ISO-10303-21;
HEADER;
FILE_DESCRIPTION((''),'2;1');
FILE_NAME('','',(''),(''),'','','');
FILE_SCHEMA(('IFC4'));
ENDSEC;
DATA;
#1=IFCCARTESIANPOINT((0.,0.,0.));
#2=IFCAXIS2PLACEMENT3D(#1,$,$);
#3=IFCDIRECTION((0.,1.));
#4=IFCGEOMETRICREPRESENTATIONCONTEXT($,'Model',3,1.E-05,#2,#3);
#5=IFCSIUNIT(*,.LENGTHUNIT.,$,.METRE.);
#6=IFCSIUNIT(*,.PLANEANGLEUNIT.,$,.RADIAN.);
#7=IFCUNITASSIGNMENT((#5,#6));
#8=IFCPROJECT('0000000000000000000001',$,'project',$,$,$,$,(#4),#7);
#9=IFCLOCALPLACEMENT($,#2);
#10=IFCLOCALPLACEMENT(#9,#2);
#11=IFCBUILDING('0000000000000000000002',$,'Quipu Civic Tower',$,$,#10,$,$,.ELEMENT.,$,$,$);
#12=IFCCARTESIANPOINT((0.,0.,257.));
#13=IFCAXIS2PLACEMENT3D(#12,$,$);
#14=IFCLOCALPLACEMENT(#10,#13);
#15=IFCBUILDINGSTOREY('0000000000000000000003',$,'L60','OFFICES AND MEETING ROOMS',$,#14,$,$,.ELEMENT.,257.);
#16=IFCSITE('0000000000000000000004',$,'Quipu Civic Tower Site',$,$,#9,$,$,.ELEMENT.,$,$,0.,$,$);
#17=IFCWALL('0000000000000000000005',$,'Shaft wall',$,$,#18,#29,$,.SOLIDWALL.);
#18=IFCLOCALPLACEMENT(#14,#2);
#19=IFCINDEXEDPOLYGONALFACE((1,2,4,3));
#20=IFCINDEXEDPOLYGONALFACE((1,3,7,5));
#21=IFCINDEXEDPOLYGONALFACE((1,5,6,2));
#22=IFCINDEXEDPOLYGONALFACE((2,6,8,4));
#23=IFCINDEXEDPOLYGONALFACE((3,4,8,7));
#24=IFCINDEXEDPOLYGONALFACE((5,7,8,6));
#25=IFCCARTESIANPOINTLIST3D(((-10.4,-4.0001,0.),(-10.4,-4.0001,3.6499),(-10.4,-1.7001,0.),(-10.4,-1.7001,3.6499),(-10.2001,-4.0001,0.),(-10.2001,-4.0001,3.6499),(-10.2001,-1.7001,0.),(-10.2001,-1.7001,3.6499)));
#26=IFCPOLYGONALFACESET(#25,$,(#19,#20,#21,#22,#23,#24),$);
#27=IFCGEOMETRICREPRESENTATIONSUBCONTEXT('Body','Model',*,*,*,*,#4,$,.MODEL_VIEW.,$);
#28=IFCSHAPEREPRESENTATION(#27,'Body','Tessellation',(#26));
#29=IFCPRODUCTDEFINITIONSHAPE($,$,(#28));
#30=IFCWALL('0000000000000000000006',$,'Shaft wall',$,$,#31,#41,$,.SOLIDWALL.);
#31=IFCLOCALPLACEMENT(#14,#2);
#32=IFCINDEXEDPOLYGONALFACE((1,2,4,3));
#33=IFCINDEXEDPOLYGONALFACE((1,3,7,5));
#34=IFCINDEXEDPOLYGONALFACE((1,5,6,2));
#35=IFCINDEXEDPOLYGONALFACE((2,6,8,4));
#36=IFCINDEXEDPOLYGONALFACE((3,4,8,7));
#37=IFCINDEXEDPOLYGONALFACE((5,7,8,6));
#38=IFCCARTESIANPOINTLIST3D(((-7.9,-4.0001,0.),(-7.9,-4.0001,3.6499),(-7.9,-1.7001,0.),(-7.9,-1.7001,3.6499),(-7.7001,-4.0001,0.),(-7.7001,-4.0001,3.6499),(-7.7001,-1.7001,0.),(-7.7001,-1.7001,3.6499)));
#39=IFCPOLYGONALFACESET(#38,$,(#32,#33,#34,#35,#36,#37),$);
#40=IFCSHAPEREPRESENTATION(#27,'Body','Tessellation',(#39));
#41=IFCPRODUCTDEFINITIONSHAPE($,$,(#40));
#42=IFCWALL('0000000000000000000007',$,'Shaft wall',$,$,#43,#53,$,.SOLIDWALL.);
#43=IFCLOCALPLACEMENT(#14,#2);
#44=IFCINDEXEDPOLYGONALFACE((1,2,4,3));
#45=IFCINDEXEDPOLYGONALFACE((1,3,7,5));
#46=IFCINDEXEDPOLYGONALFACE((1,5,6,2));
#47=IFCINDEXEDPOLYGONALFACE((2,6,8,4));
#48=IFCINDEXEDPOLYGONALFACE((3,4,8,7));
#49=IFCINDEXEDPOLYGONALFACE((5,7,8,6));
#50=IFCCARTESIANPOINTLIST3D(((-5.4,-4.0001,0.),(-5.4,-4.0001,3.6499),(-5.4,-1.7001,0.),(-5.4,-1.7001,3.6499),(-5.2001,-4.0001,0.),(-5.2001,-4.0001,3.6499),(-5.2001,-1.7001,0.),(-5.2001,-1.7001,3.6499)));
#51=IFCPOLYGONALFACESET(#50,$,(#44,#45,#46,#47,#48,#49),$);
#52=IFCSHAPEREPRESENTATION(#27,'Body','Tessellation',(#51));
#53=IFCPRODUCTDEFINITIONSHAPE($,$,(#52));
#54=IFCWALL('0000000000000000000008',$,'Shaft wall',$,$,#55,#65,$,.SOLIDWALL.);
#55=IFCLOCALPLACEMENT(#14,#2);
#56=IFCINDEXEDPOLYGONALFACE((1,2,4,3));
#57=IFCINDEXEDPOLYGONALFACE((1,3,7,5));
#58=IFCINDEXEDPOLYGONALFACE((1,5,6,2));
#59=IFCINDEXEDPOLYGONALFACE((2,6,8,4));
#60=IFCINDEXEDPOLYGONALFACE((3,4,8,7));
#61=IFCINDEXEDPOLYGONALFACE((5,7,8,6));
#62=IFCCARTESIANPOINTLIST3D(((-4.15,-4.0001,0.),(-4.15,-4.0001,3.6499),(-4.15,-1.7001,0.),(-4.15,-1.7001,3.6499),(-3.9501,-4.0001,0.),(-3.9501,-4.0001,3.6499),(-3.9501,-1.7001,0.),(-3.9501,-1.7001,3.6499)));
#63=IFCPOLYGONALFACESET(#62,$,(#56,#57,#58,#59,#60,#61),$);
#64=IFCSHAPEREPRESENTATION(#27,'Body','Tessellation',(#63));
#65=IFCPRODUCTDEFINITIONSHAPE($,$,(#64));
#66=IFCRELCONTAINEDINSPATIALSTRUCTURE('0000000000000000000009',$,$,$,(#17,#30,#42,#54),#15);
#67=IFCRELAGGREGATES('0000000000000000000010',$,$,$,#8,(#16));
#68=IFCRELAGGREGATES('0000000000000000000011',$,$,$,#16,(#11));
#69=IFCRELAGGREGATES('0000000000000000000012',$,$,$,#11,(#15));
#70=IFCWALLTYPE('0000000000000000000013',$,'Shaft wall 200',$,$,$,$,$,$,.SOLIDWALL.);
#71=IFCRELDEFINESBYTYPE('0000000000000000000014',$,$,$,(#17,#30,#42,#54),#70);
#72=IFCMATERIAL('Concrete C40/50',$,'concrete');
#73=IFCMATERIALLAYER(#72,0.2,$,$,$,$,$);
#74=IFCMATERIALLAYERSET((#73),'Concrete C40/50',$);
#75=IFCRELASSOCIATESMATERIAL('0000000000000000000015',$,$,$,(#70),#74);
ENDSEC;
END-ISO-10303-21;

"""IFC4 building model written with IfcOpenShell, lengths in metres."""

from ifc_helpers import new_model, si_unit, direction, frame, frame_2d, origin, place, context, subcontext, project, spatial, rectangle, extrude, material, layer, layer_set, type_object, element, save


model = new_model("IFC4")

# Units and contexts
model_context = context("Model", 3, precision=1e-05, world=origin(), true_north=direction((0.0, 1.0)))
body_context = subcontext(model_context, "Body", "Model", "MODEL_VIEW")
ifc_project = project(units=[si_unit("LENGTHUNIT", "METRE"), si_unit("PLANEANGLEUNIT", "RADIAN")], contexts=[model_context])

# Site, building, storey
site_placement = place(None, origin())
site = spatial("IfcSite", under=ifc_project, at=site_placement, Name="Quipu Civic Tower Site", CompositionType="ELEMENT", RefElevation=0.0)
building_placement = place(site_placement, origin())
building = spatial("IfcBuilding", under=site, at=building_placement, Name="Quipu Civic Tower", CompositionType="ELEMENT")
storey_placement = place(building_placement, frame((0.0, 0.0, 257.0)))
storey = spatial("IfcBuildingStorey", under=building, at=storey_placement, Name="L60", Description="OFFICES AND MEETING ROOMS", CompositionType="ELEMENT", Elevation=257.0)

# Walls
ifc_material_1 = material(Name="Concrete C40/50", Category="concrete")
ifc_layer_1 = layer(ifc_material_1, 0.2)
ifc_layer_set_1 = layer_set([ifc_layer_1], Name="Concrete C40/50")
wall_type_1 = type_object("IfcWallType", Name="Shaft wall 200", PredefinedType="SOLIDWALL", material=ifc_layer_set_1)
for number, where, z_axis, x_axis, name in (
    (1, (-10.3, -4.0, 0.0), (0.0, 0.0, 1.0), (0.0, 1.0, 0.0), "Shaft wall"),
    (2, (-7.8, -4.0, 0.0), (0.0, 0.0, 1.0), (0.0, 1.0, 0.0), "Shaft wall"),
    (3, (-5.3, -4.0, 0.0), (0.0, 0.0, 1.0), (0.0, 1.0, 0.0), "Shaft wall"),
    (4, (-4.05, -4.0, 0.0), (0.0, 0.0, 1.0), (0.0, 1.0, 0.0), "Shaft wall"),
):
    element("IfcWall", number, at=place(storey_placement, frame(where, z_axis=z_axis, x_axis=x_axis)), inside=storey, type_object=wall_type_1, Name=name, PredefinedType="SOLIDWALL", context=body_context, shape_type="SweptSolid", body=[
        extrude(rectangle(XDim=2.3, YDim=0.2, at=frame_2d((1.1499, 0.0))), origin(), (0.0, 0.0, 1.0), 3.6499),
    ])

save(model, "model.ifc")
